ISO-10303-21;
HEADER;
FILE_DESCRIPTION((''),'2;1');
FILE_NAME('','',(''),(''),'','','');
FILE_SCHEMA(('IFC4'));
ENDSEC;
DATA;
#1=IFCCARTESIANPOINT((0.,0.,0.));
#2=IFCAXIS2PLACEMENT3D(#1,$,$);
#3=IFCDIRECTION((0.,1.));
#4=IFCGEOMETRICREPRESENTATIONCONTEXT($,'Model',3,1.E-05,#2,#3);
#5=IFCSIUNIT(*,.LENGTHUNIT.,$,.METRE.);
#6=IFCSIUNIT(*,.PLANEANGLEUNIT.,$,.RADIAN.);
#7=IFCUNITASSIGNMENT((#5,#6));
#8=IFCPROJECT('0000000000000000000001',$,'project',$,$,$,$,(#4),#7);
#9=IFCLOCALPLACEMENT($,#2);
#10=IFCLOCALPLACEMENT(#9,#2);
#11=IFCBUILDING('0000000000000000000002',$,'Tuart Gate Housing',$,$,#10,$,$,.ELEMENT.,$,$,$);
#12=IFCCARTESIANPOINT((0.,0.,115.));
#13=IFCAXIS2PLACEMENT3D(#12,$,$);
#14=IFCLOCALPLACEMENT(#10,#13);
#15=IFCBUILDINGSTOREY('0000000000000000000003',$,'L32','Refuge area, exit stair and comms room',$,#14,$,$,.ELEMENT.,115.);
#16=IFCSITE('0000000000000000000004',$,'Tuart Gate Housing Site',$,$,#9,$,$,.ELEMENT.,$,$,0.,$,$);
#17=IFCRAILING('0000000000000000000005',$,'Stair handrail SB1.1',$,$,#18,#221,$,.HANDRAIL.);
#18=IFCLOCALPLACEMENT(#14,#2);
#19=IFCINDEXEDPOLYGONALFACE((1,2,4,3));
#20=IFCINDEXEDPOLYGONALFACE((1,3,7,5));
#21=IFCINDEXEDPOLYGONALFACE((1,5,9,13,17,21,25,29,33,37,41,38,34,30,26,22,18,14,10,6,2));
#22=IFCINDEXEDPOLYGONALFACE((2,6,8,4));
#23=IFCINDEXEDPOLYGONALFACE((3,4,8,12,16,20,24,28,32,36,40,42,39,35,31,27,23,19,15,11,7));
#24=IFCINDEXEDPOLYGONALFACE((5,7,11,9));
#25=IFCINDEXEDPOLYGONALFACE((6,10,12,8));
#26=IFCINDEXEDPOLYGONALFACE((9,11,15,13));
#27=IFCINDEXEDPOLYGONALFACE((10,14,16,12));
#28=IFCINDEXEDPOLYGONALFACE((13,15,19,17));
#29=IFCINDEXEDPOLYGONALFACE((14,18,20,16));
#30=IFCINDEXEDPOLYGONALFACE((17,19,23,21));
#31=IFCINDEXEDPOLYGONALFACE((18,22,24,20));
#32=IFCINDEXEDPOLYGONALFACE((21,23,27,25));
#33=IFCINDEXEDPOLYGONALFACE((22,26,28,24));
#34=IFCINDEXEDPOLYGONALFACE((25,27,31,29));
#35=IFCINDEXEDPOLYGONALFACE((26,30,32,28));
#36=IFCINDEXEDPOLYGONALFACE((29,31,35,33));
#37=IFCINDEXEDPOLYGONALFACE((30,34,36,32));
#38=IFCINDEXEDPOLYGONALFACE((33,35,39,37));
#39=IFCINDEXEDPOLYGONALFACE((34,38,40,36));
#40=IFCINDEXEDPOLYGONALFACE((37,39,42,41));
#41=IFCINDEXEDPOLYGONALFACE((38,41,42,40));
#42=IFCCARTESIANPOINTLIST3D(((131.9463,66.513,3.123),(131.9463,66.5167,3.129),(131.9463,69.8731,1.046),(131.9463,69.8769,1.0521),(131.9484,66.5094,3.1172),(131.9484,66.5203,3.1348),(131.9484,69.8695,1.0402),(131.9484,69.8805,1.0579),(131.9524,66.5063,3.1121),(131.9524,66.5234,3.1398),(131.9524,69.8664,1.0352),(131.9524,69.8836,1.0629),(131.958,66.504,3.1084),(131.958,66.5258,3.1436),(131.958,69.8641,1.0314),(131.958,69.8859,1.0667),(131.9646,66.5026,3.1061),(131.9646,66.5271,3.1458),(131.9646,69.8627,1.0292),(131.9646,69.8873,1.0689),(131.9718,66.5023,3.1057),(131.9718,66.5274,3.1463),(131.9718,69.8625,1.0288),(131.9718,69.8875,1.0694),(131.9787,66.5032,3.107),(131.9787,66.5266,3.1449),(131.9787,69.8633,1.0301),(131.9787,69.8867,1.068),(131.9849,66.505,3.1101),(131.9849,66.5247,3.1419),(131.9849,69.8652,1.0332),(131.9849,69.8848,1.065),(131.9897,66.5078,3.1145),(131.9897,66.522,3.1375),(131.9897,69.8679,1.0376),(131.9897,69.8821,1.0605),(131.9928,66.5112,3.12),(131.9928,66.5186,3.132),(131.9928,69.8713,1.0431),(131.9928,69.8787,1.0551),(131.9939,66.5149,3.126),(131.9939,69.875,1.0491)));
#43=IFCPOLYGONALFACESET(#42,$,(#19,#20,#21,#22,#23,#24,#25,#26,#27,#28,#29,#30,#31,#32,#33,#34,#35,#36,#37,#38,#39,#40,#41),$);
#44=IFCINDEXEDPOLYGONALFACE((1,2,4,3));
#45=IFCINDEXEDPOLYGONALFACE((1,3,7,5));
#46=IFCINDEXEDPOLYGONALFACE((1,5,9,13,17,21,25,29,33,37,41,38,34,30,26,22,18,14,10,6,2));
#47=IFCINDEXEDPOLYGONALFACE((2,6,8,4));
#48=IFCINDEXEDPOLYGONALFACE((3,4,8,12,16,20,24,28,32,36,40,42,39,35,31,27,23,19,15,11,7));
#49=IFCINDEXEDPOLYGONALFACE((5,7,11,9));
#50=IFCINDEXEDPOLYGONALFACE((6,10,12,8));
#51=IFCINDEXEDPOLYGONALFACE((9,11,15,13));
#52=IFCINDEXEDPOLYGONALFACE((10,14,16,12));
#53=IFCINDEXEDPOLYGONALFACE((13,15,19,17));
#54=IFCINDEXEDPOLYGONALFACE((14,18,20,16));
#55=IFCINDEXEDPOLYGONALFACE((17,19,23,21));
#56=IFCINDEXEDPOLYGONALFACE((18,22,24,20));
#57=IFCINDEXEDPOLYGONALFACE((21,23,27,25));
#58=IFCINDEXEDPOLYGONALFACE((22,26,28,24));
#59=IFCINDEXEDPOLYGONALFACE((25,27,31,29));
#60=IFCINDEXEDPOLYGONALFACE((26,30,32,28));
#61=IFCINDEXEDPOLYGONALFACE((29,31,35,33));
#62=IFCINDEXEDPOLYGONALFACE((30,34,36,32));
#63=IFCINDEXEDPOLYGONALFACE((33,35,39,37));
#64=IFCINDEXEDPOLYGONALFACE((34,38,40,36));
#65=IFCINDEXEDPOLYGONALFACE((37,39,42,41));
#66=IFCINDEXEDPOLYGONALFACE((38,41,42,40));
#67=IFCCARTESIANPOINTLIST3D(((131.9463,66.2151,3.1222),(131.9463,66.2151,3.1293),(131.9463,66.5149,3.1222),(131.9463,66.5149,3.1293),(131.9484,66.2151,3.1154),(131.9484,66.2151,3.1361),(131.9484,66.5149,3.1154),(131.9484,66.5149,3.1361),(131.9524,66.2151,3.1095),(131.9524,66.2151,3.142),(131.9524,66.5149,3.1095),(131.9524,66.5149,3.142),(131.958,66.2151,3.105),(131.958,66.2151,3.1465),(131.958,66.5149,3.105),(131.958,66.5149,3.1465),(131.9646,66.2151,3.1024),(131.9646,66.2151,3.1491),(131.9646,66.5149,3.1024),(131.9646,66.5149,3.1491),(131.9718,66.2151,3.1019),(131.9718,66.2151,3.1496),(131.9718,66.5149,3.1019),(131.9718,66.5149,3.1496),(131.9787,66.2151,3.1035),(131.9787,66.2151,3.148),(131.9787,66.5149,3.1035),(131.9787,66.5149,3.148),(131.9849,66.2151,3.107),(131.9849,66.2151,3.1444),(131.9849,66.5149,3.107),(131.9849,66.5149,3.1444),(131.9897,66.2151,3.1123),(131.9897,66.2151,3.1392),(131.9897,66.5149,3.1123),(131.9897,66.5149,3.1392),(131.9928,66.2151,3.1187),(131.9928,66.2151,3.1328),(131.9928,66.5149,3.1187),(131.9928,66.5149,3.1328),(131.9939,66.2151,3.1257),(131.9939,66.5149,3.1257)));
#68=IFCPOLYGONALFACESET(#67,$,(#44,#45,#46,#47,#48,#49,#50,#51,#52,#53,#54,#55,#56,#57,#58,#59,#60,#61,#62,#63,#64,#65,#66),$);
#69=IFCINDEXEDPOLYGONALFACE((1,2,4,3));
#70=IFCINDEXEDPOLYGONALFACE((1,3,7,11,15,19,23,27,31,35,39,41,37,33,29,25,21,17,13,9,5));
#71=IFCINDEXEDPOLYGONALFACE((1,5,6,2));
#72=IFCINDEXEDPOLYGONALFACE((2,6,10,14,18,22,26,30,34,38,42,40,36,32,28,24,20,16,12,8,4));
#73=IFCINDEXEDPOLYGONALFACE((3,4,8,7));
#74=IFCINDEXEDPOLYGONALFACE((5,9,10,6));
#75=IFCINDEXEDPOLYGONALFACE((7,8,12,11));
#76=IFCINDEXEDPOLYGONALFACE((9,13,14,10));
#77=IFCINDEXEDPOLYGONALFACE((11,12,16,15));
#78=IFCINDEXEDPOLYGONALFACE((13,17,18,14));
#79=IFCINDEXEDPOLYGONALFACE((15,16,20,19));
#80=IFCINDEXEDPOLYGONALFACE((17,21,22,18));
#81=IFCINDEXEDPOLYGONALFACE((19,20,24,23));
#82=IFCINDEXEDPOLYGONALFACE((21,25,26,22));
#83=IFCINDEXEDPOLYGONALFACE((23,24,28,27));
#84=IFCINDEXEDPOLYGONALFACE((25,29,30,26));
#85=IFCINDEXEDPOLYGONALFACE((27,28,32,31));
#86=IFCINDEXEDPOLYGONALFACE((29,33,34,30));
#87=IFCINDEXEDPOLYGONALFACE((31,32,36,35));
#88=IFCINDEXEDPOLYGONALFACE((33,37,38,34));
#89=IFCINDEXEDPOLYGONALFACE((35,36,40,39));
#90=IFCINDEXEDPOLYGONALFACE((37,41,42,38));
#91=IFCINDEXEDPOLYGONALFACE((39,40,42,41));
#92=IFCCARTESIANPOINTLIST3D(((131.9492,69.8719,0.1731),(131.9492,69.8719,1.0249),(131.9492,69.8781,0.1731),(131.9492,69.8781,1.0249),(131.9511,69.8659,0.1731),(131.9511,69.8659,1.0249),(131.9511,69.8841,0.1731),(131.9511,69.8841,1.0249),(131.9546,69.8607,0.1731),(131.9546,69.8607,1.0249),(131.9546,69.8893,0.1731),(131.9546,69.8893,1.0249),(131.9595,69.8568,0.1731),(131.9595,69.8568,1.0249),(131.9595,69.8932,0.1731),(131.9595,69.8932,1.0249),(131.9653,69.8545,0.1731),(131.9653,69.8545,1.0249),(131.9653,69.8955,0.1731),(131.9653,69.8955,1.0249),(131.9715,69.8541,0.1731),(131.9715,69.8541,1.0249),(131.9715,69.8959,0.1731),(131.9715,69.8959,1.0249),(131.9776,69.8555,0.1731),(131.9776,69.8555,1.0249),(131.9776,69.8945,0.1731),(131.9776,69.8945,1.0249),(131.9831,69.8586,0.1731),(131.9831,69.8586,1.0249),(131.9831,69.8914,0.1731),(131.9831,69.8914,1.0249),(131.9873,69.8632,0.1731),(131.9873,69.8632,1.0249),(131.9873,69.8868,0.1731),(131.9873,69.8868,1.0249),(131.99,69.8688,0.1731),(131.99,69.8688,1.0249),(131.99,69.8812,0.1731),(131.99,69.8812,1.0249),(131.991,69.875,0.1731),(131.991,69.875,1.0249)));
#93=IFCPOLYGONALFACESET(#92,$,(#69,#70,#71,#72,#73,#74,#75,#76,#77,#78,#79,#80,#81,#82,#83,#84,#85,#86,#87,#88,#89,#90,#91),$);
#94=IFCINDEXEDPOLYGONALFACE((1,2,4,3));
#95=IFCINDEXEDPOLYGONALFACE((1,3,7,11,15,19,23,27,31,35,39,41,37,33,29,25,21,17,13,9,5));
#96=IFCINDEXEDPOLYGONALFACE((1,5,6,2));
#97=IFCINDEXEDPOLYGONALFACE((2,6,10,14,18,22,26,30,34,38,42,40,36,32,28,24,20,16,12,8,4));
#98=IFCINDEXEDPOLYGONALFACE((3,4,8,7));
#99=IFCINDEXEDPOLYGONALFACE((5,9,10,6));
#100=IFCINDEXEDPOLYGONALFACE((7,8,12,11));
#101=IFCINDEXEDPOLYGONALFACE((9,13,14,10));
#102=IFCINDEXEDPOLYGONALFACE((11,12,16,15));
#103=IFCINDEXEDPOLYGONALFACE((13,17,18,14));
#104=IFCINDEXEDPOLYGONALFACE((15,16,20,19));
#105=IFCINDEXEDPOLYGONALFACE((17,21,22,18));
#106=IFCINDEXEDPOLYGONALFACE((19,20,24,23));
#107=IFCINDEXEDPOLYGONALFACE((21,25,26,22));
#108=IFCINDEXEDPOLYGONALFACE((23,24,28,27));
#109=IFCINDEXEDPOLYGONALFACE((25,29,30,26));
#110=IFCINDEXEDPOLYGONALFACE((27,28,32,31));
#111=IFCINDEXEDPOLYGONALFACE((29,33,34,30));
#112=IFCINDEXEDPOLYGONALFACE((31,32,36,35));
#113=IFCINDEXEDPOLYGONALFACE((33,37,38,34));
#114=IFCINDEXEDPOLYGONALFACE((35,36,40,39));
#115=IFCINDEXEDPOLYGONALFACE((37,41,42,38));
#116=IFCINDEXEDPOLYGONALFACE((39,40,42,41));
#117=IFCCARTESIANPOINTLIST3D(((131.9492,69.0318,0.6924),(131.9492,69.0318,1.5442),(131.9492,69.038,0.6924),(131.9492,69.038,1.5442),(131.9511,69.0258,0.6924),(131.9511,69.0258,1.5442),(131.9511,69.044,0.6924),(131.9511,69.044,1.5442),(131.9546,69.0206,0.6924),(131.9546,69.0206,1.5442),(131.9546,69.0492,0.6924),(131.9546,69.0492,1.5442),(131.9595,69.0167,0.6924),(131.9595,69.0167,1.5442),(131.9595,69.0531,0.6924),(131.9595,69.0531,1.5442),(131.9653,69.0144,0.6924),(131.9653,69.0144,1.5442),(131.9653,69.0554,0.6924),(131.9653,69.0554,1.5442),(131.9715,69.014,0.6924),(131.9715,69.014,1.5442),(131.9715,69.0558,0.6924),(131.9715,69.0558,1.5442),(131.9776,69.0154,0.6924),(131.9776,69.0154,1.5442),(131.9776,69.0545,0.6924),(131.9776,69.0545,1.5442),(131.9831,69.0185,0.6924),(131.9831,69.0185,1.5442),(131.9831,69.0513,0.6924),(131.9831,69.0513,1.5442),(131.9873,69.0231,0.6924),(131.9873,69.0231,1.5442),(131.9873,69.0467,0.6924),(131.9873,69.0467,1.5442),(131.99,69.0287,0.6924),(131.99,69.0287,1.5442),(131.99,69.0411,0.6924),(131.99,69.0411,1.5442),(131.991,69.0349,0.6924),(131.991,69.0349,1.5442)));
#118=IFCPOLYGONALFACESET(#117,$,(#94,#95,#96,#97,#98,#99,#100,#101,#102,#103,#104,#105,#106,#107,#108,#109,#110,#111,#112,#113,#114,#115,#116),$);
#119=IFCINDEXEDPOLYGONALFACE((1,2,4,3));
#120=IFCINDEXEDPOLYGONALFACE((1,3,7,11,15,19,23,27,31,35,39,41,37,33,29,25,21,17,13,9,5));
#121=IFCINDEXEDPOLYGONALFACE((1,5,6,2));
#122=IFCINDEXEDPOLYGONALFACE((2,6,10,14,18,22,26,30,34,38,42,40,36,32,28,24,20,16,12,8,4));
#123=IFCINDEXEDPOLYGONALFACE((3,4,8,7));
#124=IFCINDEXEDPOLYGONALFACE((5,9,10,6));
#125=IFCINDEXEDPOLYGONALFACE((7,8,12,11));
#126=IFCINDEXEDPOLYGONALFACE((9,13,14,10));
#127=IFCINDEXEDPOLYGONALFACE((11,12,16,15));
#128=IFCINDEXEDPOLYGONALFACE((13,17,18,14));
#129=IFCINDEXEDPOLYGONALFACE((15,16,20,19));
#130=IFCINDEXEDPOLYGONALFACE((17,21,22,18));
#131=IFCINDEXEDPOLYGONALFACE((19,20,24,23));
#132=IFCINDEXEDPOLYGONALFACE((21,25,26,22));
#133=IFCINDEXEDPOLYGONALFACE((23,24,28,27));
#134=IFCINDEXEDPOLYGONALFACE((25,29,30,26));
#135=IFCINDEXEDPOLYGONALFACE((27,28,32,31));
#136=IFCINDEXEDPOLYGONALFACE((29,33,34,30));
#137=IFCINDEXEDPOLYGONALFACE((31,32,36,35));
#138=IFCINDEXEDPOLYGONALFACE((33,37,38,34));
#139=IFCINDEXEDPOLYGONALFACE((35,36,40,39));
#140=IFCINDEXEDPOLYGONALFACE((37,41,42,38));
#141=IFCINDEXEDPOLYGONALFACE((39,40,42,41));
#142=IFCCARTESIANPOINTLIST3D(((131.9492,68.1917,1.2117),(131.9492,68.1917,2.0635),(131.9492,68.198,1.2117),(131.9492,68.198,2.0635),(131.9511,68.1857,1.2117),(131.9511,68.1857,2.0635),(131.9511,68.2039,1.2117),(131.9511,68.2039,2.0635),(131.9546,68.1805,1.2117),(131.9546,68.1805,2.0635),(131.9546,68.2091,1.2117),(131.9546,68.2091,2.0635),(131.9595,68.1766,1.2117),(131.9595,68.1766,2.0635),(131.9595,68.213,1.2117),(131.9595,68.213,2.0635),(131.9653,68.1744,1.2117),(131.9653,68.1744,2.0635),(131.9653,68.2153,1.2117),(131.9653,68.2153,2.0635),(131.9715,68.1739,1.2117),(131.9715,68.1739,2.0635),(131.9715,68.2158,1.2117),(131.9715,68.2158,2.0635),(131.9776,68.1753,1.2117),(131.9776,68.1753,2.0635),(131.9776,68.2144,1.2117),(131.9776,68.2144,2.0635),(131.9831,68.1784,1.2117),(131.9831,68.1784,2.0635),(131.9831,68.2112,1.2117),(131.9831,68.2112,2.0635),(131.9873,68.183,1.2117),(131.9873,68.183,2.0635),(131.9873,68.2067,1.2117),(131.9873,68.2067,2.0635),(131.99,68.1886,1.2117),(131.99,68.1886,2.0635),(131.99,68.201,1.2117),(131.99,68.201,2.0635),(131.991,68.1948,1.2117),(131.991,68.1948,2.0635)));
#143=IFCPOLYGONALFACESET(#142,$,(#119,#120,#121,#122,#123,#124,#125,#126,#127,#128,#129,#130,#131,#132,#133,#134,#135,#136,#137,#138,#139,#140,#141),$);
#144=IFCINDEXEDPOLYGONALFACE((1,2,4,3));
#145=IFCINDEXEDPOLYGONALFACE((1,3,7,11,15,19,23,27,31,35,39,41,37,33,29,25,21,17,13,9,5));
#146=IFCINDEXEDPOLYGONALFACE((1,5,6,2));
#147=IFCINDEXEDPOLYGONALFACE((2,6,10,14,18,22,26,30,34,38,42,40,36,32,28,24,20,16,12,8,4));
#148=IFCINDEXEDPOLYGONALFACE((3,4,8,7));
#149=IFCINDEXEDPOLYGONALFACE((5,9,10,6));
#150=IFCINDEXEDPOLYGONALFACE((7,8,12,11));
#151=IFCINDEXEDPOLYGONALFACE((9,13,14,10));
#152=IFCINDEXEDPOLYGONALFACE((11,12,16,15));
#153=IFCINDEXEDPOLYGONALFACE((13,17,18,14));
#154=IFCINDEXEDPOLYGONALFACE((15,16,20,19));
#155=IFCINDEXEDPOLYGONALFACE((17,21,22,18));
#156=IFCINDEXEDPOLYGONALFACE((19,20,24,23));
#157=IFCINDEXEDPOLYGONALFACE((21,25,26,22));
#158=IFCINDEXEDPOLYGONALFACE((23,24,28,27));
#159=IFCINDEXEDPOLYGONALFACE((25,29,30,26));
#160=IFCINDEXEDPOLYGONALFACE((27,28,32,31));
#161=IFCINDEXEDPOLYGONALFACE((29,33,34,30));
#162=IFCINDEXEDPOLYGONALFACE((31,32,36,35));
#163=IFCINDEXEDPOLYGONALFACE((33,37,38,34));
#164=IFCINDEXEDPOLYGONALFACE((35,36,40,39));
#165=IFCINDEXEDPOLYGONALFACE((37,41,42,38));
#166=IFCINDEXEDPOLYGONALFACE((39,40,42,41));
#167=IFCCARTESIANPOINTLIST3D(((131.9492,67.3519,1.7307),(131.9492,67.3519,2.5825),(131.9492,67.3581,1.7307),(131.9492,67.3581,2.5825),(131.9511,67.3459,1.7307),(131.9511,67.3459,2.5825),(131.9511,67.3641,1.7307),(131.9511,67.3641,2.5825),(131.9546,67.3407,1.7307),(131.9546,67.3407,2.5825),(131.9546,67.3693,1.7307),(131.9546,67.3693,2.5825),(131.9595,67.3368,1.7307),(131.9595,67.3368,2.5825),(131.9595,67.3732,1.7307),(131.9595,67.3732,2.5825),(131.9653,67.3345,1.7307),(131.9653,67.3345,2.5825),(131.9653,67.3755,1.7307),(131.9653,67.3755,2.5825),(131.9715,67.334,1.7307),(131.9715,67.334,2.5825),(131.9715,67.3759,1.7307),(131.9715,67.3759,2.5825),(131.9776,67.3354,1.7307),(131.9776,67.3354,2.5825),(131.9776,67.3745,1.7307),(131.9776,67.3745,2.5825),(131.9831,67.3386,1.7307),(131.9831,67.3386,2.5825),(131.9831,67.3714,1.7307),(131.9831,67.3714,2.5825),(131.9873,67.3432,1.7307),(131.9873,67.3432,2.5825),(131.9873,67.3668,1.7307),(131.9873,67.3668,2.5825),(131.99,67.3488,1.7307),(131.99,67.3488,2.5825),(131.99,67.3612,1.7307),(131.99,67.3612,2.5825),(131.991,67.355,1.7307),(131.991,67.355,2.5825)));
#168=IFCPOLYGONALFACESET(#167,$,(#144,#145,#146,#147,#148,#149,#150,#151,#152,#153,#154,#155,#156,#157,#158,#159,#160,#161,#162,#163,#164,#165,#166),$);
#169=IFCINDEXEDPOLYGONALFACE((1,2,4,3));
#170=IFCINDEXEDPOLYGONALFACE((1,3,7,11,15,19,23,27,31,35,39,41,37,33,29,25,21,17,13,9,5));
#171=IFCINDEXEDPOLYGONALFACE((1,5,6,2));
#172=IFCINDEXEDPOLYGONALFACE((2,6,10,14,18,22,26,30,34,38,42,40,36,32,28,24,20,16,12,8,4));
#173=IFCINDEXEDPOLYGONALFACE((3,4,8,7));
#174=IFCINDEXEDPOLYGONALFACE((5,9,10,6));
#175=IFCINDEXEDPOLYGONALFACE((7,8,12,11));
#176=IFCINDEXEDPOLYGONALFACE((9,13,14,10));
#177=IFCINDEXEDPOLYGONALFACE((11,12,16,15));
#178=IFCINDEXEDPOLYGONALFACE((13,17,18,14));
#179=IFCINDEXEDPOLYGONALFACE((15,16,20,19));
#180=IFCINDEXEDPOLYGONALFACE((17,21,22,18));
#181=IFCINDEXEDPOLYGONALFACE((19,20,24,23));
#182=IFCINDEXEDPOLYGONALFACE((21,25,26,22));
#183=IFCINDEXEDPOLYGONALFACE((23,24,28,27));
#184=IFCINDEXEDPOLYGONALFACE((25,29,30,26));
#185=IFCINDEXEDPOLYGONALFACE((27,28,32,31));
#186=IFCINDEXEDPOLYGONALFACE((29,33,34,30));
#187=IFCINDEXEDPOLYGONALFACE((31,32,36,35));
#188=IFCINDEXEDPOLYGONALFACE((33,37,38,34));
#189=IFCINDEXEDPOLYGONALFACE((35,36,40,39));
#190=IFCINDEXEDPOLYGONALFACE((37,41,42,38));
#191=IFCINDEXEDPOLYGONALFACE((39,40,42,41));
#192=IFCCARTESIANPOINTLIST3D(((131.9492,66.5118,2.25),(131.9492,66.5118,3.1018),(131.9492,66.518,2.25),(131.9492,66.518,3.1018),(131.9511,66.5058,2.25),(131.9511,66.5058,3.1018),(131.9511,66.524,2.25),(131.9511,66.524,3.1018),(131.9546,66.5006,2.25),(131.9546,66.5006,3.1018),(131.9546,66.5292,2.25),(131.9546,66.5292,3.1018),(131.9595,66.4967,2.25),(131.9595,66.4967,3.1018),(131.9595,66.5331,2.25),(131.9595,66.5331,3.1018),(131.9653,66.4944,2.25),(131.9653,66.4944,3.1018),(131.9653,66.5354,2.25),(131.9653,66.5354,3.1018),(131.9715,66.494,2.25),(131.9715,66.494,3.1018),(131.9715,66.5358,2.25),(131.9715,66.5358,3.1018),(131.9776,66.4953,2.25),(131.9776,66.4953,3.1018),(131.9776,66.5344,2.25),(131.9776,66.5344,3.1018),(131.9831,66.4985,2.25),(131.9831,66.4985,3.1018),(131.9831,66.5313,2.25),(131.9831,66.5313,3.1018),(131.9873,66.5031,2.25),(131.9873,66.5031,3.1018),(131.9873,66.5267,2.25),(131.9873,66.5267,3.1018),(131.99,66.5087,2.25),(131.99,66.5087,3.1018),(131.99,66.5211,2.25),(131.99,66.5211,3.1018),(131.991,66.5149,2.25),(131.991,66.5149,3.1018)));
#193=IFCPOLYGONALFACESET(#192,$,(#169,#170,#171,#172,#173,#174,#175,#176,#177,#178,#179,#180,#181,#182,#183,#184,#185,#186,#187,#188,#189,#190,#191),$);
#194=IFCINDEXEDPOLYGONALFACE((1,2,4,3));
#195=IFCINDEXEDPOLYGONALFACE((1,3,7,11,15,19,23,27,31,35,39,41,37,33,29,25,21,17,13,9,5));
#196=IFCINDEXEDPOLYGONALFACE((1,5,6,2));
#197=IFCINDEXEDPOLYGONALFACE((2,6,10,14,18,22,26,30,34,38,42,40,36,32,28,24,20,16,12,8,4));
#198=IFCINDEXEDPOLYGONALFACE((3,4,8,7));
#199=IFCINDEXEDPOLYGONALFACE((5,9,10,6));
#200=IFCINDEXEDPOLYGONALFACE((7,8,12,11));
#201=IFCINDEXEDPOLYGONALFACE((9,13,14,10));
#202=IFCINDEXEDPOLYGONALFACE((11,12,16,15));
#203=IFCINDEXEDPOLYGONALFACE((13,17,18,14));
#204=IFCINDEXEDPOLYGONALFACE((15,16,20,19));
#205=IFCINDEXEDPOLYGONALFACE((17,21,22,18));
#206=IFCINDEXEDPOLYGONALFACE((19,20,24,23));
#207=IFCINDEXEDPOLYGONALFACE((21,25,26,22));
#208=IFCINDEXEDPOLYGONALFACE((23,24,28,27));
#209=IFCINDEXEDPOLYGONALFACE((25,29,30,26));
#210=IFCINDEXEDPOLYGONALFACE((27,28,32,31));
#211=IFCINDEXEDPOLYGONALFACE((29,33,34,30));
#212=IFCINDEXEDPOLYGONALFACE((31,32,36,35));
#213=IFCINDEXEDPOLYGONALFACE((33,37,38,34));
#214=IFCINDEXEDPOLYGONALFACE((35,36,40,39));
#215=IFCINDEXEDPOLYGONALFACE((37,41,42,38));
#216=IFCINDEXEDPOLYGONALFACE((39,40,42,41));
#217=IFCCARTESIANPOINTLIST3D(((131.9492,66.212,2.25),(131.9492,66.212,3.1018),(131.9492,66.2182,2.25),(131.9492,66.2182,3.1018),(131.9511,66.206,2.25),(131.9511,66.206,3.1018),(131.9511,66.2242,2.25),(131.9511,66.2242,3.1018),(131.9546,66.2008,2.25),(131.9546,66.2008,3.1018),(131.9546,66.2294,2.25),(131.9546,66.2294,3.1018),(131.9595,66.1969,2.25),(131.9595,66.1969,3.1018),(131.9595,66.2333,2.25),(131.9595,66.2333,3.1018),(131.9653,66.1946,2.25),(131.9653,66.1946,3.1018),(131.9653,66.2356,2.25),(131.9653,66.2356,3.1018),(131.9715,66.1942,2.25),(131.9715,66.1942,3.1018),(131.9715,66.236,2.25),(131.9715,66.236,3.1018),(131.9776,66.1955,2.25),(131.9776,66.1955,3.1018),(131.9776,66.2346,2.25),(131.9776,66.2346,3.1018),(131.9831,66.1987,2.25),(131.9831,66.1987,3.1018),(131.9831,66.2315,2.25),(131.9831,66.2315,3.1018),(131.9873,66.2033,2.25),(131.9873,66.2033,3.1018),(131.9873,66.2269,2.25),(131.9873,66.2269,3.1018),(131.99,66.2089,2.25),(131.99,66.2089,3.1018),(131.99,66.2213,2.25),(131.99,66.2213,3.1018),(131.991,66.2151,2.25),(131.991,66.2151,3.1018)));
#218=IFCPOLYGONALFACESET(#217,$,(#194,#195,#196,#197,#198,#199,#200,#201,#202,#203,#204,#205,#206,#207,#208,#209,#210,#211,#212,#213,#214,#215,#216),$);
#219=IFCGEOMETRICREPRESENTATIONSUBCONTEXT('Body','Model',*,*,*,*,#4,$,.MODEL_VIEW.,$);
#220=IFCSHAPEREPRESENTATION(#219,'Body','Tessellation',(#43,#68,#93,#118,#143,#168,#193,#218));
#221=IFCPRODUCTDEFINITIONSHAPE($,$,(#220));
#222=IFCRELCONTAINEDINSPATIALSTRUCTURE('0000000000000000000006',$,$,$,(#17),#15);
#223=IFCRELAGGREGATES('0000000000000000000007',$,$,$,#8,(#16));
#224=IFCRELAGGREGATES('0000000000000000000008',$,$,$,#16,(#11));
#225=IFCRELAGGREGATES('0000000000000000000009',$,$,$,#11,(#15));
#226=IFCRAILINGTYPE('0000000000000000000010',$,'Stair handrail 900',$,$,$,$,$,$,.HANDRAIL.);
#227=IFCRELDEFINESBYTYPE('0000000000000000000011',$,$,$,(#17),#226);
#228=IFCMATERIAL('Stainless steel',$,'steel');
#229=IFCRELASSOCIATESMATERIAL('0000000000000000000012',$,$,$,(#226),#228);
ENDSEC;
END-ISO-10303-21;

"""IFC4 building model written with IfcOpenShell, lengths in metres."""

from ifc_helpers import new_model, si_unit, direction, frame, origin, origin_2d, place, context, subcontext, project, spatial, circle, extrude, material, type_object, element, save


model = new_model("IFC4")

# Units and contexts
model_context = context("Model", 3, precision=1e-05, world=origin(), true_north=direction((0.0, 1.0)))
body_context = subcontext(model_context, "Body", "Model", "MODEL_VIEW")
ifc_project = project(units=[si_unit("LENGTHUNIT", "METRE"), si_unit("PLANEANGLEUNIT", "RADIAN")], contexts=[model_context])

# Site, building, storey
site_placement = place(None, origin())
site = spatial("IfcSite", under=ifc_project, at=site_placement, Name="Tuart Gate Housing Site", CompositionType="ELEMENT", RefElevation=0.0)
building_placement = place(site_placement, origin())
building = spatial("IfcBuilding", under=site, at=building_placement, Name="Tuart Gate Housing", CompositionType="ELEMENT")
storey_placement = place(building_placement, frame((0.0, 0.0, 115.0)))
storey = spatial("IfcBuildingStorey", under=building, at=storey_placement, Name="L32", Description="Refuge area, exit stair and comms room", CompositionType="ELEMENT", Elevation=115.0)

# Railing
ifc_material_1 = material(Name="Stainless steel", Category="steel")
railing_type = type_object("IfcRailingType", Name="Stair handrail 900", PredefinedType="HANDRAIL", material=ifc_material_1)
railing_placement = place(storey_placement, frame((131.97, 69.875, 0.1731)))
element("IfcRailing", 1, at=railing_placement, inside=storey, type_object=railing_type, Name="Stair handrail SB1.1", PredefinedType="HANDRAIL", context=body_context, shape_type="SweptSolid", body=[
    extrude(circle(Radius=0.0239, at=origin_2d()), frame((0.0, 0.0, 0.876), z_axis=(0.0, -0.850623, 0.525776), x_axis=(1.0, 0.0, 0.0)), (0.0, 0.0, 1.0), 3.9502),
    extrude(circle(Radius=0.0239, at=origin_2d()), frame((0.0, -3.3601, 2.9526), z_axis=(0.0, -1.0, 0.0), x_axis=(1.0, 0.0, 0.0)), (0.0, 0.0, 1.0), 0.2998),
    extrude(circle(Radius=0.021, at=origin_2d()), origin(), (0.0, 0.0, 1.0), 0.8518),
    extrude(circle(Radius=0.021, at=origin_2d()), frame((0.0, -0.8401, 0.5193)), (0.0, 0.0, 1.0), 0.8518),
    extrude(circle(Radius=0.021, at=origin_2d()), frame((0.0, -1.6802, 1.0386)), (0.0, 0.0, 1.0), 0.8518),
    extrude(circle(Radius=0.021, at=origin_2d()), frame((0.0, -2.52, 1.5576)), (0.0, 0.0, 1.0), 0.8518),
    extrude(circle(Radius=0.021, at=origin_2d()), frame((0.0, -3.3601, 2.0769)), (0.0, 0.0, 1.0), 0.8518),
    extrude(circle(Radius=0.021, at=origin_2d()), frame((0.0, -3.6599, 2.0769)), (0.0, 0.0, 1.0), 0.8518),
])

save(model, "model.ifc")
